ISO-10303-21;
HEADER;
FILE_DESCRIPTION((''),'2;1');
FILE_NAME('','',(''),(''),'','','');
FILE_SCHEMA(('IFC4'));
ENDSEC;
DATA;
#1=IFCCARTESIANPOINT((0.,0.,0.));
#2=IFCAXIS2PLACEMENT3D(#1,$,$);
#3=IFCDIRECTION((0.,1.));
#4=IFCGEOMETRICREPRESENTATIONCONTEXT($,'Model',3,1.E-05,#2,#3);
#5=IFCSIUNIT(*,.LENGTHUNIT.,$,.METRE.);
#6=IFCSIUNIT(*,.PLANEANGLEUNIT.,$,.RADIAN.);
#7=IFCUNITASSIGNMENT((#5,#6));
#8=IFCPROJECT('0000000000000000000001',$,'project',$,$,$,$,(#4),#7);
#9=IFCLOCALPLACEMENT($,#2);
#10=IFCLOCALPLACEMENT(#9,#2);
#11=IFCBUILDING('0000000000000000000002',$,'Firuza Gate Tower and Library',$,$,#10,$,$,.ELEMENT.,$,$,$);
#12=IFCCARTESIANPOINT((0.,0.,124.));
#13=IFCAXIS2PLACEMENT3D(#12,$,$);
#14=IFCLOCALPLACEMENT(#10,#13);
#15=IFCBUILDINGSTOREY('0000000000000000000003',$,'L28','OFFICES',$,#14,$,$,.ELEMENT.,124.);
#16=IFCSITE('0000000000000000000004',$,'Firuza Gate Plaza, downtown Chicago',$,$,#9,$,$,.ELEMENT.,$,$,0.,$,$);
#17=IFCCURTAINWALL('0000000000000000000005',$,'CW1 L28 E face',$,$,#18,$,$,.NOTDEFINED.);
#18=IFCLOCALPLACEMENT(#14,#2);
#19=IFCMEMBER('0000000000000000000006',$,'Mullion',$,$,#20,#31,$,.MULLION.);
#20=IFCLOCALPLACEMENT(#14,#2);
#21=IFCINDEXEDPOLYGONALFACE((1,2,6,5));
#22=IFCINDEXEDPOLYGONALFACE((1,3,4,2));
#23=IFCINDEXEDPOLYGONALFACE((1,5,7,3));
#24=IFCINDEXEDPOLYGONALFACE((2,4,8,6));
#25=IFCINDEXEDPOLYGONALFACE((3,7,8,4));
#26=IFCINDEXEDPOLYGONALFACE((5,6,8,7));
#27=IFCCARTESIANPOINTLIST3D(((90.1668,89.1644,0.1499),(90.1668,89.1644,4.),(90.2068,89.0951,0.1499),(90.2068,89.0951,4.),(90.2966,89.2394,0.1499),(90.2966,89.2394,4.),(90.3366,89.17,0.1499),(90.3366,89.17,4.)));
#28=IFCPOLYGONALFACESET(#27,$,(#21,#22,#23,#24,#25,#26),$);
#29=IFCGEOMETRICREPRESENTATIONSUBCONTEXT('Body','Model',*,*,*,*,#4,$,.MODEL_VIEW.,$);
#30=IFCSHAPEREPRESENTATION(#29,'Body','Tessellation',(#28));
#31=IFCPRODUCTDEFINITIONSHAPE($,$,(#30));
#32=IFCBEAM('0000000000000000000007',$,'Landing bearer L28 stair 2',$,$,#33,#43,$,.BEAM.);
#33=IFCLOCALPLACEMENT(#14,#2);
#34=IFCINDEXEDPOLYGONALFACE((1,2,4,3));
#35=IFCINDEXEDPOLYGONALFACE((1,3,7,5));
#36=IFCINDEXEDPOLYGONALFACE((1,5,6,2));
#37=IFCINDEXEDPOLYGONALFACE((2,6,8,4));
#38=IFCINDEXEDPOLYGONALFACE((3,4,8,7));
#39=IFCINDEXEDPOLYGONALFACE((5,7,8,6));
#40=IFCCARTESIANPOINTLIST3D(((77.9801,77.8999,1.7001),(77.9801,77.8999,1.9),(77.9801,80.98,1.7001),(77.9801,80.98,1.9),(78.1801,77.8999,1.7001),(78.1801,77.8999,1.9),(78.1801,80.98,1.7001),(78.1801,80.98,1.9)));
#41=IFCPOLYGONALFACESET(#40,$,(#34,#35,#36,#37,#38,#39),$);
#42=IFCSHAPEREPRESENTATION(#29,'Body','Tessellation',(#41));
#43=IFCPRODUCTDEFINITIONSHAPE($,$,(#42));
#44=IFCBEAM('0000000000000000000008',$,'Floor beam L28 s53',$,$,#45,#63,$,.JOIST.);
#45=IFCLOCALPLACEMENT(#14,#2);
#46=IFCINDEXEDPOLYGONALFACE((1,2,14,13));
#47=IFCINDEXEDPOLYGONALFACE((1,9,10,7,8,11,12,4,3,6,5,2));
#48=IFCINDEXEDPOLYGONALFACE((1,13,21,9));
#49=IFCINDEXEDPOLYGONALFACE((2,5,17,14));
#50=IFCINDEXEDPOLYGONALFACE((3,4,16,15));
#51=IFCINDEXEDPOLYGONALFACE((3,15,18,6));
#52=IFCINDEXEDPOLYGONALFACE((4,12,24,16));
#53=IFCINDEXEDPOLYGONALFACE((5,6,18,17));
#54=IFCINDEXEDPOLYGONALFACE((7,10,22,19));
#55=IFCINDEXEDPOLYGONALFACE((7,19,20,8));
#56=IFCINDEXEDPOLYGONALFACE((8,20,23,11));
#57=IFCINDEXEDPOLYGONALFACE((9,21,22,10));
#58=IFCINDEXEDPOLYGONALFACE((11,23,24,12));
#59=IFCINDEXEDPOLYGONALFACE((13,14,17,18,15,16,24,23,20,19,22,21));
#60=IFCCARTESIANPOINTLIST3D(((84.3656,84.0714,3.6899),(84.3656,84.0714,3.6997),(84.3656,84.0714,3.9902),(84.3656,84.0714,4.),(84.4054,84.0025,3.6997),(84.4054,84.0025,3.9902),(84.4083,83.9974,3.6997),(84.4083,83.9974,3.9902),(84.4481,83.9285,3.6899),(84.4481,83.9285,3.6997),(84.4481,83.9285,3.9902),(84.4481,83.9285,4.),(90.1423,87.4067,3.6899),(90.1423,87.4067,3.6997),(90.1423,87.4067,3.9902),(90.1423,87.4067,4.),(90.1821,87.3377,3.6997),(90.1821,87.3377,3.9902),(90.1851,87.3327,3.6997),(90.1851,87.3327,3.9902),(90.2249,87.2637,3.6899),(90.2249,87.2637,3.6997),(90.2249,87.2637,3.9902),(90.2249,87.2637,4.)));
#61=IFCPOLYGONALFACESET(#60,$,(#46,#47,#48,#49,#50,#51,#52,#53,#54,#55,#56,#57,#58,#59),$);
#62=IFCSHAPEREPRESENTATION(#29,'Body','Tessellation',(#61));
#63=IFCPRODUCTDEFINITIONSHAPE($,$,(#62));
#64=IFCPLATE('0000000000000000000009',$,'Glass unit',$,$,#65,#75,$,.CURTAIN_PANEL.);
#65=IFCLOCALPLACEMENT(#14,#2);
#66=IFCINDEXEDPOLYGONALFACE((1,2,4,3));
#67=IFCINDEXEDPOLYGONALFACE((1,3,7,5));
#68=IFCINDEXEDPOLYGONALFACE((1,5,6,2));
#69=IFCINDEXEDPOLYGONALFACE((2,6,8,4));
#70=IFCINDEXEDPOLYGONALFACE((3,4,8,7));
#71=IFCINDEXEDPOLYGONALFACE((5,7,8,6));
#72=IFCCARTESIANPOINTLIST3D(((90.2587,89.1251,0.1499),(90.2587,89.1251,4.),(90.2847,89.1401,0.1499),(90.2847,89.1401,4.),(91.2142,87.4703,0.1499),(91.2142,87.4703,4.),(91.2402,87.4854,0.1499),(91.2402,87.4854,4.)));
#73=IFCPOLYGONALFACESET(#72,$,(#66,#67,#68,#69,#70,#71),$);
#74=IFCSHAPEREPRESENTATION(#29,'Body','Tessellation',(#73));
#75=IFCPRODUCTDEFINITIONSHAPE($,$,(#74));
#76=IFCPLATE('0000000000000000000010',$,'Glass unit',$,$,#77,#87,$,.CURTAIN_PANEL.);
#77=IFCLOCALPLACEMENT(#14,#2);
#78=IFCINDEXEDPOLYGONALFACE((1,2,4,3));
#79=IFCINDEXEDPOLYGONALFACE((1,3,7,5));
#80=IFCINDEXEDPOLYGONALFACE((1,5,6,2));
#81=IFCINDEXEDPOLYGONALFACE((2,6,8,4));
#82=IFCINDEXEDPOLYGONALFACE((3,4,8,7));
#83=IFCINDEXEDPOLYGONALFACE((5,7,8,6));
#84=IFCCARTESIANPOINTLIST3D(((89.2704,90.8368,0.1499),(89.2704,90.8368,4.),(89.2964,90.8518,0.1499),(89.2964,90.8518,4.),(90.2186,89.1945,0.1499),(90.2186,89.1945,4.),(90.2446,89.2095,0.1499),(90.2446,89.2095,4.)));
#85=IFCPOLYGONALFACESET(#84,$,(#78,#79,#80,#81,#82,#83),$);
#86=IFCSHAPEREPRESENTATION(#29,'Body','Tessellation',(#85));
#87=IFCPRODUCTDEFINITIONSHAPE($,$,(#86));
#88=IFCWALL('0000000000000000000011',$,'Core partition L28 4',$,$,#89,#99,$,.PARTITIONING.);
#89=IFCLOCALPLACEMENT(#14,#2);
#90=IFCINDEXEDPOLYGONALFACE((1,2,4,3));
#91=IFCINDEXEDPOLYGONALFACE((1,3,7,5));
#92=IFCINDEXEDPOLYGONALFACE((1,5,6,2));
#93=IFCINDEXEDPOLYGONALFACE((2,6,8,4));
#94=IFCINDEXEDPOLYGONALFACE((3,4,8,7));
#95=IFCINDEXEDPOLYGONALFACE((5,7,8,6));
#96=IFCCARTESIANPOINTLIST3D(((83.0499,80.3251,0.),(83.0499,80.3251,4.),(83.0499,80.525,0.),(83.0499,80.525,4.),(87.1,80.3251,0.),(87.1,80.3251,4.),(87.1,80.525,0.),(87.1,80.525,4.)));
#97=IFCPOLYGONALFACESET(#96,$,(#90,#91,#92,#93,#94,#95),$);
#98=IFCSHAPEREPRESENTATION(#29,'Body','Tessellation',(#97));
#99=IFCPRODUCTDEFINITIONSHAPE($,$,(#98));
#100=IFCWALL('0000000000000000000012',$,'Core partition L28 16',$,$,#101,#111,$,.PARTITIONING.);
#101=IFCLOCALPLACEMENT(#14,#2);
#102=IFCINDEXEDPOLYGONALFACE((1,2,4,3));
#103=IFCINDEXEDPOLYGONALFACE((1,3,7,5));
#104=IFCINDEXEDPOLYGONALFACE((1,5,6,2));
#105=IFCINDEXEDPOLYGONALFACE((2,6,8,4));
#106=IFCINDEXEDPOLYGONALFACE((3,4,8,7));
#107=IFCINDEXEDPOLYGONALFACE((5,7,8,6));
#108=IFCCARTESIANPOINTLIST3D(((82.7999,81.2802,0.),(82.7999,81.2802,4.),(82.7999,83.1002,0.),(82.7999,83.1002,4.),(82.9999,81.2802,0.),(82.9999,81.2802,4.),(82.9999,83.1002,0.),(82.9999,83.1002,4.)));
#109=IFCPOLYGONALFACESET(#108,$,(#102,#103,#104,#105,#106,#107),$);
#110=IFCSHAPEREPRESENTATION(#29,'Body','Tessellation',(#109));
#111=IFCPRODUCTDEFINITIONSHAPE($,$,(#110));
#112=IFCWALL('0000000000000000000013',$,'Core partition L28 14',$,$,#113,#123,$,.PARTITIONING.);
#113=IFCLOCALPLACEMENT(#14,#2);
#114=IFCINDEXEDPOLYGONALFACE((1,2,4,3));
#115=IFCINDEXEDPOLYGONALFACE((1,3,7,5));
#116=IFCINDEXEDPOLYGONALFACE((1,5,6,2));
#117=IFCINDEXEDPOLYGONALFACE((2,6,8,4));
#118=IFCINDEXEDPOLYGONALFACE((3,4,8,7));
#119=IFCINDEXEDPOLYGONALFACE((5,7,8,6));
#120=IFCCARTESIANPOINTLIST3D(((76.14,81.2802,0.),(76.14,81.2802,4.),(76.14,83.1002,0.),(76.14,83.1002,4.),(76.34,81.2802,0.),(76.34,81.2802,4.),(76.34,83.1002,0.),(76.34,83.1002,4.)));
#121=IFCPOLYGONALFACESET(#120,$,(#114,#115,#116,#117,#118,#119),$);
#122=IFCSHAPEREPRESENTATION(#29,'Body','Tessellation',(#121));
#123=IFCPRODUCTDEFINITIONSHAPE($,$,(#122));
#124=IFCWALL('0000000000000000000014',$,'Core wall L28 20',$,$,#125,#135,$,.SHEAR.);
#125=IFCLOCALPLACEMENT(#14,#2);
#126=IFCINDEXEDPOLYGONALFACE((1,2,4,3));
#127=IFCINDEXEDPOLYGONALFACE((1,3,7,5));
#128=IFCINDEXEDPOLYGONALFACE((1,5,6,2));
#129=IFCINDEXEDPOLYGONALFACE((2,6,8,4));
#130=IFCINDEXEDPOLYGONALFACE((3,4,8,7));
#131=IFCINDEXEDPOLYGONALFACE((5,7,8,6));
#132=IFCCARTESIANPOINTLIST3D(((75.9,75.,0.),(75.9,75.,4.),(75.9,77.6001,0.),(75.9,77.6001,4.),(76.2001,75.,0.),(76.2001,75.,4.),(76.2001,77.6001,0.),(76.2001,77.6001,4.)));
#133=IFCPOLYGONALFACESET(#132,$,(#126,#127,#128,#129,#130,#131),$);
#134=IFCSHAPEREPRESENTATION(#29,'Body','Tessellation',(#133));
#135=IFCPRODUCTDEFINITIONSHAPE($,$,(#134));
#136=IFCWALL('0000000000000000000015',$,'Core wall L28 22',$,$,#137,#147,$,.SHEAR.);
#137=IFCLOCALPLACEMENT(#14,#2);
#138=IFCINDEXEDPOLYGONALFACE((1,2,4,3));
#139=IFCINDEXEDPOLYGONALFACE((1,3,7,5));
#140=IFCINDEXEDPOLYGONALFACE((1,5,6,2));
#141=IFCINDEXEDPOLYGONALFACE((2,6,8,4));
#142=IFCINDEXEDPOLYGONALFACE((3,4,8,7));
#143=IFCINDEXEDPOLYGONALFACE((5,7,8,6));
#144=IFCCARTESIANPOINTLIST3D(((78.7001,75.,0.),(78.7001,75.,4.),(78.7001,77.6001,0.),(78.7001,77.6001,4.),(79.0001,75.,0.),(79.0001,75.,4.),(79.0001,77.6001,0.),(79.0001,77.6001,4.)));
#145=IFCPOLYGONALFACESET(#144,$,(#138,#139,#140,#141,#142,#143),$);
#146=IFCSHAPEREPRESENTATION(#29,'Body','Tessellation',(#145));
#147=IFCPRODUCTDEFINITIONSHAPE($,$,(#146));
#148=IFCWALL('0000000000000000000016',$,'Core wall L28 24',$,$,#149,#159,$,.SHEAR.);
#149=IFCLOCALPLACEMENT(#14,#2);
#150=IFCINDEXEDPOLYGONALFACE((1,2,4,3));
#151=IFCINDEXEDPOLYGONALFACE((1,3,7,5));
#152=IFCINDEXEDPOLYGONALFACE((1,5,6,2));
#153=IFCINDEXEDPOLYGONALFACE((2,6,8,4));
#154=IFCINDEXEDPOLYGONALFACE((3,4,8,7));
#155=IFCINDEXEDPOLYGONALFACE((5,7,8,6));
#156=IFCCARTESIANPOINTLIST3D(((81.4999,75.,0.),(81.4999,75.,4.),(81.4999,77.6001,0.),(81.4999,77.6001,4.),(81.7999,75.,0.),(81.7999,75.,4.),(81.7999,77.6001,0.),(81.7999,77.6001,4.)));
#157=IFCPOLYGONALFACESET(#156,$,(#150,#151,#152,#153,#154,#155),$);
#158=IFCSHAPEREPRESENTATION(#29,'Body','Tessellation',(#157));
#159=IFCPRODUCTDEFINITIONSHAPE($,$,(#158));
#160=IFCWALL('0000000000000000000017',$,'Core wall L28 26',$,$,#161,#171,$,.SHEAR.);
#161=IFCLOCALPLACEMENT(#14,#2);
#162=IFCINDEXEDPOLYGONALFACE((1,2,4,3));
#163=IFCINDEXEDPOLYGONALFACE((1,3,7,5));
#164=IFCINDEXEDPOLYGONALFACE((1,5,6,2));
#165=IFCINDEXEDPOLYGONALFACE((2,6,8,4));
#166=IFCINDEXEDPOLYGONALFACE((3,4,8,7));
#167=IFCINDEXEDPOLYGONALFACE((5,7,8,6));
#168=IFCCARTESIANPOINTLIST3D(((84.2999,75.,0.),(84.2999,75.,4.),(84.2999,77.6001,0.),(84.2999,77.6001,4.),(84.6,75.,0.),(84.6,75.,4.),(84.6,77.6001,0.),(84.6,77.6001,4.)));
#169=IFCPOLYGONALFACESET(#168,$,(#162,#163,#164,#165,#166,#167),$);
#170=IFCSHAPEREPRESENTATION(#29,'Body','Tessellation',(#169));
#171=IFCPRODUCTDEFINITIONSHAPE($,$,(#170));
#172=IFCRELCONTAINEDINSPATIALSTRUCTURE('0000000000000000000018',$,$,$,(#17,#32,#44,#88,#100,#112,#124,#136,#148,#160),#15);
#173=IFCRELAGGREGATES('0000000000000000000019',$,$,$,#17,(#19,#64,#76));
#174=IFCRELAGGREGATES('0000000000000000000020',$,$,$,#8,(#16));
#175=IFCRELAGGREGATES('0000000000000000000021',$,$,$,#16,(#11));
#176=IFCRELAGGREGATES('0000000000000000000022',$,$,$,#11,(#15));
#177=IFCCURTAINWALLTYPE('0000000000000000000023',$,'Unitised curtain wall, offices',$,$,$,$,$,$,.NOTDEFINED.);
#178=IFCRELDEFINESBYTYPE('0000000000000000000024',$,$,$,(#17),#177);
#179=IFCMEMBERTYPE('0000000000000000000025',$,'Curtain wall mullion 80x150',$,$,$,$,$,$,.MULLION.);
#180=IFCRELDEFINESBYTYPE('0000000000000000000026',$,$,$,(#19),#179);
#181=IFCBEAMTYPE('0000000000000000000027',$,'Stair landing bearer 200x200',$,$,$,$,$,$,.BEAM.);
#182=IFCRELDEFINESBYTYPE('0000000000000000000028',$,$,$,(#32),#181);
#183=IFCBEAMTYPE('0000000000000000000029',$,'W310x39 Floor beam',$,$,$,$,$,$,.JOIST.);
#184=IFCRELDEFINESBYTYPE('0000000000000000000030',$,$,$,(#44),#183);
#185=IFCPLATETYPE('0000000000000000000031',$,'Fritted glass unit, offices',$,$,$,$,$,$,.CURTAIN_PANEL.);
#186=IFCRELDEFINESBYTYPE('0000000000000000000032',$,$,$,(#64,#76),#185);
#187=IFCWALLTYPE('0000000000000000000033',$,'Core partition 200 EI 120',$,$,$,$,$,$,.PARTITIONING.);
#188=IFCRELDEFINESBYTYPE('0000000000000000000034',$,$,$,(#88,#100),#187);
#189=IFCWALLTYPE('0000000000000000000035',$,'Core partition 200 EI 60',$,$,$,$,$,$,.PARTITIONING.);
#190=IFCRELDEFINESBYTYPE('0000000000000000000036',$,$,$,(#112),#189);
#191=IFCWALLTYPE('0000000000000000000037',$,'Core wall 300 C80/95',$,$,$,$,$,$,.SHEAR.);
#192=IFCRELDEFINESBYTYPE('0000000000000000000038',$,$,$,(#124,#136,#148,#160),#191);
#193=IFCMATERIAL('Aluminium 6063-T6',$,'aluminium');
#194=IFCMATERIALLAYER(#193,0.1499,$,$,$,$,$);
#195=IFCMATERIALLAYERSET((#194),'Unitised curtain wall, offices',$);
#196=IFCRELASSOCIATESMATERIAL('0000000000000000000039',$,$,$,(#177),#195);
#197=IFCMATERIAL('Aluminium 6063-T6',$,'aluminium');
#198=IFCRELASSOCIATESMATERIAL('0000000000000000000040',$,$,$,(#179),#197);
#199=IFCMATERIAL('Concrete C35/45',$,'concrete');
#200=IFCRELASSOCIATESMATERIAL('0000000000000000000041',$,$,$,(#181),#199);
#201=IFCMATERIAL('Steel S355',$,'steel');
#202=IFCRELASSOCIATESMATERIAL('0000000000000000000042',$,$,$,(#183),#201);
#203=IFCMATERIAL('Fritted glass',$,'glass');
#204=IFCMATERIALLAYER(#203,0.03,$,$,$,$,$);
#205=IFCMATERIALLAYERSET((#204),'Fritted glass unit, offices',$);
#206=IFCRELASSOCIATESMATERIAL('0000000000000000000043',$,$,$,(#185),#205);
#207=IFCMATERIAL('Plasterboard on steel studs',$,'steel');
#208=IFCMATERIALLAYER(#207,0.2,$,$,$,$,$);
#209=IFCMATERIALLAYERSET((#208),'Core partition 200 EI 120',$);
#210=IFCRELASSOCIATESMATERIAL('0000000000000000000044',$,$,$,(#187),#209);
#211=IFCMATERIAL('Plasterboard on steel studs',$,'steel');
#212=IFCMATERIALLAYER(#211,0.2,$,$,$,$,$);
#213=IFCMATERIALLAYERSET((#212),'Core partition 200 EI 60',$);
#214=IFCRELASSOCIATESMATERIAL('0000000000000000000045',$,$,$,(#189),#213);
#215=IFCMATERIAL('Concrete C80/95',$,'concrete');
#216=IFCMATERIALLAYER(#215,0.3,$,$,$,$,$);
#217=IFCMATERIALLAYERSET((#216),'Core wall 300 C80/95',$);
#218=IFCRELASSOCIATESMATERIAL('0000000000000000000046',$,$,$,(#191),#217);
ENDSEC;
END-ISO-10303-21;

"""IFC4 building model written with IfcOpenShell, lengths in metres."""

from ifc_helpers import new_model, si_unit, direction, frame, frame_2d, origin, origin_2d, place, context, subcontext, project, spatial, polyline, rectangle, i_section, outline, extrude, material, layer, layer_set, material_profile, profile_set, type_object, element, aggregate, save


model = new_model("IFC4")

# Units and contexts
model_context = context("Model", 3, precision=1e-05, world=origin(), true_north=direction((0.0, 1.0)))
body_context = subcontext(model_context, "Body", "Model", "MODEL_VIEW")
ifc_project = project(units=[si_unit("LENGTHUNIT", "METRE"), si_unit("PLANEANGLEUNIT", "RADIAN")], contexts=[model_context])

# Site, building, storey
site_placement = place(None, origin())
site = spatial("IfcSite", under=ifc_project, at=site_placement, Name="Firuza Gate Plaza, downtown Chicago", CompositionType="ELEMENT", RefElevation=0.0)
building_placement = place(site_placement, origin())
building = spatial("IfcBuilding", under=site, at=building_placement, Name="Firuza Gate Tower and Library", CompositionType="ELEMENT")
storey_placement = place(building_placement, frame((0.0, 0.0, 124.0)))
storey = spatial("IfcBuildingStorey", under=building, at=storey_placement, Name="L28", Description="OFFICES", CompositionType="ELEMENT", Elevation=124.0)

# Curtain wall, member
ifc_material_1 = material(Name="Aluminium 6063-T6", Category="aluminium")
ifc_layer_1 = layer(ifc_material_1, 0.1499)
ifc_layer_set_1 = layer_set([ifc_layer_1], Name="Unitised curtain wall, offices")
curtain_wall_type = type_object("IfcCurtainWallType", Name="Unitised curtain wall, offices", PredefinedType="NOTDEFINED", material=ifc_layer_set_1)
placement = place(storey_placement, origin())
curtain_wall = element("IfcCurtainWall", 1, at=placement, inside=storey, type_object=curtain_wall_type, Name="CW1 L28 E face", PredefinedType="NOTDEFINED")
ifc_material_2 = material(Name="Aluminium 6063-T6", Category="aluminium")
ifc_material_profile_1 = material_profile(ifc_material_2, rectangle(XDim=0.1499, YDim=0.0801, at=origin_2d()))
ifc_profile_set_1 = profile_set([ifc_material_profile_1], Name="Aluminium 6063-T6")
member_type = type_object("IfcMemberType", Name="Curtain wall mullion 80x150", PredefinedType="MULLION", material=ifc_profile_set_1)
member_placement = place(storey_placement, frame((90.2517, 89.1672, 0.1499), z_axis=(0.0, 0.0, 1.0), x_axis=(-0.866025, -0.5, 0.0)))
member = element("IfcMember", 2, at=member_placement, type_object=member_type, Name="Mullion", PredefinedType="MULLION", context=body_context, shape_type="SweptSolid", body=[
    extrude(rectangle(XDim=0.1499, YDim=0.0801, at=origin_2d()), origin(), (0.0, 0.0, 1.0), 3.8501),
])

# Beams
ifc_material_3 = material(Name="Concrete C35/45", Category="concrete")
ifc_material_profile_2 = material_profile(ifc_material_3, rectangle(XDim=0.2, YDim=0.2, at=origin_2d()))
ifc_profile_set_2 = profile_set([ifc_material_profile_2], Name="Concrete C35/45")
beam_type_1 = type_object("IfcBeamType", Name="Stair landing bearer 200x200", PredefinedType="BEAM", material=ifc_profile_set_2)
beam_1_placement = place(storey_placement, frame((78.0801, 80.98, 1.8), z_axis=(0.0, -1.0, 0.0), x_axis=(1.0, 0.0, 0.0)))
element("IfcBeam", 3, at=beam_1_placement, inside=storey, type_object=beam_type_1, Name="Landing bearer L28 stair 2", PredefinedType="BEAM", context=body_context, shape_type="SweptSolid", body=[
    extrude(rectangle(XDim=0.2, YDim=0.2, at=origin_2d()), origin(), (0.0, 0.0, 1.0), 3.0801),
])
ifc_material_4 = material(Name="Steel S355", Category="steel")
ifc_material_profile_3 = material_profile(ifc_material_4, i_section(OverallWidth=0.165, OverallDepth=0.3101, WebThickness=0.0059, FlangeThickness=0.0098, at=origin_2d()))
ifc_profile_set_3 = profile_set([ifc_material_profile_3], Name="Steel S355")
beam_type_2 = type_object("IfcBeamType", Name="W310x39 Floor beam", PredefinedType="JOIST", material=ifc_profile_set_3)
beam_2_placement = place(storey_placement, frame((90.1836, 87.3352, 3.845), z_axis=(-0.86602, -0.500009, 0.0), x_axis=(0.500009, -0.86602, 0.0)))
element("IfcBeam", 4, at=beam_2_placement, inside=storey, type_object=beam_type_2, Name="Floor beam L28 s53", PredefinedType="JOIST", context=body_context, shape_type="SweptSolid", body=[
    extrude(i_section(OverallWidth=0.165, OverallDepth=0.3101, WebThickness=0.0059, FlangeThickness=0.0098, at=origin_2d()), origin(), (0.0, 0.0, 1.0), 6.6704),
])

# Plates
ifc_material_5 = material(Name="Fritted glass", Category="glass")
ifc_layer_2 = layer(ifc_material_5, 0.03)
ifc_layer_set_2 = layer_set([ifc_layer_2], Name="Fritted glass unit, offices")
plate_type = type_object("IfcPlateType", Name="Fritted glass unit, offices", PredefinedType="CURTAIN_PANEL", material=ifc_layer_set_2)
plate_1_placement = place(storey_placement, frame((91.2402, 87.4854, 0.1499), z_axis=(0.865986, 0.500069, 0.0), x_axis=(-0.500069, 0.865986, 0.0)))
plate_1 = element("IfcPlate", 5, at=plate_1_placement, type_object=plate_type, Name="Glass unit", PredefinedType="CURTAIN_PANEL", context=body_context, shape_type="SweptSolid", body=[
    extrude(outline(polyline([(0.0, 0.0), (1.9109, 0.0), (1.9109, 3.8501), (0.0, 3.8501), (0.0, 0.0)])), origin(), (0.0, 0.0, -1.0), 0.03),
])
plate_2_placement = place(storey_placement, frame((90.2446, 89.2095, 0.1499), z_axis=(0.866016, 0.500016, 0.0), x_axis=(-0.500016, 0.866016, 0.0)))
plate_2 = element("IfcPlate", 6, at=plate_2_placement, type_object=plate_type, Name="Glass unit", PredefinedType="CURTAIN_PANEL", context=body_context, shape_type="SweptSolid", body=[
    extrude(outline(polyline([(0.0, 0.0), (1.8964, 0.0), (1.8964, 3.8501), (0.0, 3.8501), (0.0, 0.0)])), origin(), (0.0, 0.0, -1.0), 0.03),
])
aggregate(curtain_wall, [member, plate_1, plate_2])

# Walls
ifc_material_6 = material(Name="Plasterboard on steel studs", Category="steel")
ifc_layer_3 = layer(ifc_material_6, 0.2)
ifc_layer_set_3 = layer_set([ifc_layer_3], Name="Core partition 200 EI 120")
wall_type_1 = type_object("IfcWallType", Name="Core partition 200 EI 120", PredefinedType="PARTITIONING", material=ifc_layer_set_3)
wall_1_placement = place(storey_placement, frame((83.05, 80.425, 0.0), z_axis=(0.0, 0.0, 1.0), x_axis=(1.0, 0.0, 0.0)))
element("IfcWall", 7, at=wall_1_placement, inside=storey, type_object=wall_type_1, Name="Core partition L28 4", PredefinedType="PARTITIONING", context=body_context, shape_type="SweptSolid", body=[
    extrude(rectangle(XDim=4.05, YDim=0.2, at=frame_2d((2.0249, 0.0))), origin(), (0.0, 0.0, 1.0), 4.0),
])
wall_2_placement = place(storey_placement, frame((82.8999, 81.28, 0.0), z_axis=(0.0, 0.0, 1.0), x_axis=(0.0, 1.0, 0.0)))
element("IfcWall", 8, at=wall_2_placement, inside=storey, type_object=wall_type_1, Name="Core partition L28 16", PredefinedType="PARTITIONING", context=body_context, shape_type="SweptSolid", body=[
    extrude(rectangle(XDim=1.8201, YDim=0.2, at=frame_2d((0.9102, 0.0))), origin(), (0.0, 0.0, 1.0), 4.0),
])
ifc_material_7 = material(Name="Plasterboard on steel studs", Category="steel")
ifc_layer_4 = layer(ifc_material_7, 0.2)
ifc_layer_set_4 = layer_set([ifc_layer_4], Name="Core partition 200 EI 60")
wall_type_2 = type_object("IfcWallType", Name="Core partition 200 EI 60", PredefinedType="PARTITIONING", material=ifc_layer_set_4)
wall_3_placement = place(storey_placement, frame((76.24, 81.28, 0.0), z_axis=(0.0, 0.0, 1.0), x_axis=(0.0, 1.0, 0.0)))
element("IfcWall", 9, at=wall_3_placement, inside=storey, type_object=wall_type_2, Name="Core partition L28 14", PredefinedType="PARTITIONING", context=body_context, shape_type="SweptSolid", body=[
    extrude(rectangle(XDim=1.8201, YDim=0.2, at=frame_2d((0.9102, 0.0))), origin(), (0.0, 0.0, 1.0), 4.0),
])
ifc_material_8 = material(Name="Concrete C80/95", Category="concrete")
ifc_layer_5 = layer(ifc_material_8, 0.3)
ifc_layer_set_5 = layer_set([ifc_layer_5], Name="Core wall 300 C80/95")
wall_type_3 = type_object("IfcWallType", Name="Core wall 300 C80/95", PredefinedType="SHEAR", material=ifc_layer_set_5)
for number, where, z_axis, x_axis, name in (
    (10, (76.05, 75.0, 0.0), (0.0, 0.0, 1.0), (0.0, 1.0, 0.0), "Core wall L28 20"),
    (11, (78.8501, 75.0, 0.0), (0.0, 0.0, 1.0), (0.0, 1.0, 0.0), "Core wall L28 22"),
    (12, (81.6499, 75.0, 0.0), (0.0, 0.0, 1.0), (0.0, 1.0, 0.0), "Core wall L28 24"),
    (13, (84.45, 75.0, 0.0), (0.0, 0.0, 1.0), (0.0, 1.0, 0.0), "Core wall L28 26"),
):
    element("IfcWall", number, at=place(storey_placement, frame(where, z_axis=z_axis, x_axis=x_axis)), inside=storey, type_object=wall_type_3, Name=name, PredefinedType="SHEAR", context=body_context, shape_type="SweptSolid", body=[
        extrude(rectangle(XDim=2.6001, YDim=0.3, at=frame_2d((1.3, 0.0))), origin(), (0.0, 0.0, 1.0), 4.0),
    ])

save(model, "model.ifc")
